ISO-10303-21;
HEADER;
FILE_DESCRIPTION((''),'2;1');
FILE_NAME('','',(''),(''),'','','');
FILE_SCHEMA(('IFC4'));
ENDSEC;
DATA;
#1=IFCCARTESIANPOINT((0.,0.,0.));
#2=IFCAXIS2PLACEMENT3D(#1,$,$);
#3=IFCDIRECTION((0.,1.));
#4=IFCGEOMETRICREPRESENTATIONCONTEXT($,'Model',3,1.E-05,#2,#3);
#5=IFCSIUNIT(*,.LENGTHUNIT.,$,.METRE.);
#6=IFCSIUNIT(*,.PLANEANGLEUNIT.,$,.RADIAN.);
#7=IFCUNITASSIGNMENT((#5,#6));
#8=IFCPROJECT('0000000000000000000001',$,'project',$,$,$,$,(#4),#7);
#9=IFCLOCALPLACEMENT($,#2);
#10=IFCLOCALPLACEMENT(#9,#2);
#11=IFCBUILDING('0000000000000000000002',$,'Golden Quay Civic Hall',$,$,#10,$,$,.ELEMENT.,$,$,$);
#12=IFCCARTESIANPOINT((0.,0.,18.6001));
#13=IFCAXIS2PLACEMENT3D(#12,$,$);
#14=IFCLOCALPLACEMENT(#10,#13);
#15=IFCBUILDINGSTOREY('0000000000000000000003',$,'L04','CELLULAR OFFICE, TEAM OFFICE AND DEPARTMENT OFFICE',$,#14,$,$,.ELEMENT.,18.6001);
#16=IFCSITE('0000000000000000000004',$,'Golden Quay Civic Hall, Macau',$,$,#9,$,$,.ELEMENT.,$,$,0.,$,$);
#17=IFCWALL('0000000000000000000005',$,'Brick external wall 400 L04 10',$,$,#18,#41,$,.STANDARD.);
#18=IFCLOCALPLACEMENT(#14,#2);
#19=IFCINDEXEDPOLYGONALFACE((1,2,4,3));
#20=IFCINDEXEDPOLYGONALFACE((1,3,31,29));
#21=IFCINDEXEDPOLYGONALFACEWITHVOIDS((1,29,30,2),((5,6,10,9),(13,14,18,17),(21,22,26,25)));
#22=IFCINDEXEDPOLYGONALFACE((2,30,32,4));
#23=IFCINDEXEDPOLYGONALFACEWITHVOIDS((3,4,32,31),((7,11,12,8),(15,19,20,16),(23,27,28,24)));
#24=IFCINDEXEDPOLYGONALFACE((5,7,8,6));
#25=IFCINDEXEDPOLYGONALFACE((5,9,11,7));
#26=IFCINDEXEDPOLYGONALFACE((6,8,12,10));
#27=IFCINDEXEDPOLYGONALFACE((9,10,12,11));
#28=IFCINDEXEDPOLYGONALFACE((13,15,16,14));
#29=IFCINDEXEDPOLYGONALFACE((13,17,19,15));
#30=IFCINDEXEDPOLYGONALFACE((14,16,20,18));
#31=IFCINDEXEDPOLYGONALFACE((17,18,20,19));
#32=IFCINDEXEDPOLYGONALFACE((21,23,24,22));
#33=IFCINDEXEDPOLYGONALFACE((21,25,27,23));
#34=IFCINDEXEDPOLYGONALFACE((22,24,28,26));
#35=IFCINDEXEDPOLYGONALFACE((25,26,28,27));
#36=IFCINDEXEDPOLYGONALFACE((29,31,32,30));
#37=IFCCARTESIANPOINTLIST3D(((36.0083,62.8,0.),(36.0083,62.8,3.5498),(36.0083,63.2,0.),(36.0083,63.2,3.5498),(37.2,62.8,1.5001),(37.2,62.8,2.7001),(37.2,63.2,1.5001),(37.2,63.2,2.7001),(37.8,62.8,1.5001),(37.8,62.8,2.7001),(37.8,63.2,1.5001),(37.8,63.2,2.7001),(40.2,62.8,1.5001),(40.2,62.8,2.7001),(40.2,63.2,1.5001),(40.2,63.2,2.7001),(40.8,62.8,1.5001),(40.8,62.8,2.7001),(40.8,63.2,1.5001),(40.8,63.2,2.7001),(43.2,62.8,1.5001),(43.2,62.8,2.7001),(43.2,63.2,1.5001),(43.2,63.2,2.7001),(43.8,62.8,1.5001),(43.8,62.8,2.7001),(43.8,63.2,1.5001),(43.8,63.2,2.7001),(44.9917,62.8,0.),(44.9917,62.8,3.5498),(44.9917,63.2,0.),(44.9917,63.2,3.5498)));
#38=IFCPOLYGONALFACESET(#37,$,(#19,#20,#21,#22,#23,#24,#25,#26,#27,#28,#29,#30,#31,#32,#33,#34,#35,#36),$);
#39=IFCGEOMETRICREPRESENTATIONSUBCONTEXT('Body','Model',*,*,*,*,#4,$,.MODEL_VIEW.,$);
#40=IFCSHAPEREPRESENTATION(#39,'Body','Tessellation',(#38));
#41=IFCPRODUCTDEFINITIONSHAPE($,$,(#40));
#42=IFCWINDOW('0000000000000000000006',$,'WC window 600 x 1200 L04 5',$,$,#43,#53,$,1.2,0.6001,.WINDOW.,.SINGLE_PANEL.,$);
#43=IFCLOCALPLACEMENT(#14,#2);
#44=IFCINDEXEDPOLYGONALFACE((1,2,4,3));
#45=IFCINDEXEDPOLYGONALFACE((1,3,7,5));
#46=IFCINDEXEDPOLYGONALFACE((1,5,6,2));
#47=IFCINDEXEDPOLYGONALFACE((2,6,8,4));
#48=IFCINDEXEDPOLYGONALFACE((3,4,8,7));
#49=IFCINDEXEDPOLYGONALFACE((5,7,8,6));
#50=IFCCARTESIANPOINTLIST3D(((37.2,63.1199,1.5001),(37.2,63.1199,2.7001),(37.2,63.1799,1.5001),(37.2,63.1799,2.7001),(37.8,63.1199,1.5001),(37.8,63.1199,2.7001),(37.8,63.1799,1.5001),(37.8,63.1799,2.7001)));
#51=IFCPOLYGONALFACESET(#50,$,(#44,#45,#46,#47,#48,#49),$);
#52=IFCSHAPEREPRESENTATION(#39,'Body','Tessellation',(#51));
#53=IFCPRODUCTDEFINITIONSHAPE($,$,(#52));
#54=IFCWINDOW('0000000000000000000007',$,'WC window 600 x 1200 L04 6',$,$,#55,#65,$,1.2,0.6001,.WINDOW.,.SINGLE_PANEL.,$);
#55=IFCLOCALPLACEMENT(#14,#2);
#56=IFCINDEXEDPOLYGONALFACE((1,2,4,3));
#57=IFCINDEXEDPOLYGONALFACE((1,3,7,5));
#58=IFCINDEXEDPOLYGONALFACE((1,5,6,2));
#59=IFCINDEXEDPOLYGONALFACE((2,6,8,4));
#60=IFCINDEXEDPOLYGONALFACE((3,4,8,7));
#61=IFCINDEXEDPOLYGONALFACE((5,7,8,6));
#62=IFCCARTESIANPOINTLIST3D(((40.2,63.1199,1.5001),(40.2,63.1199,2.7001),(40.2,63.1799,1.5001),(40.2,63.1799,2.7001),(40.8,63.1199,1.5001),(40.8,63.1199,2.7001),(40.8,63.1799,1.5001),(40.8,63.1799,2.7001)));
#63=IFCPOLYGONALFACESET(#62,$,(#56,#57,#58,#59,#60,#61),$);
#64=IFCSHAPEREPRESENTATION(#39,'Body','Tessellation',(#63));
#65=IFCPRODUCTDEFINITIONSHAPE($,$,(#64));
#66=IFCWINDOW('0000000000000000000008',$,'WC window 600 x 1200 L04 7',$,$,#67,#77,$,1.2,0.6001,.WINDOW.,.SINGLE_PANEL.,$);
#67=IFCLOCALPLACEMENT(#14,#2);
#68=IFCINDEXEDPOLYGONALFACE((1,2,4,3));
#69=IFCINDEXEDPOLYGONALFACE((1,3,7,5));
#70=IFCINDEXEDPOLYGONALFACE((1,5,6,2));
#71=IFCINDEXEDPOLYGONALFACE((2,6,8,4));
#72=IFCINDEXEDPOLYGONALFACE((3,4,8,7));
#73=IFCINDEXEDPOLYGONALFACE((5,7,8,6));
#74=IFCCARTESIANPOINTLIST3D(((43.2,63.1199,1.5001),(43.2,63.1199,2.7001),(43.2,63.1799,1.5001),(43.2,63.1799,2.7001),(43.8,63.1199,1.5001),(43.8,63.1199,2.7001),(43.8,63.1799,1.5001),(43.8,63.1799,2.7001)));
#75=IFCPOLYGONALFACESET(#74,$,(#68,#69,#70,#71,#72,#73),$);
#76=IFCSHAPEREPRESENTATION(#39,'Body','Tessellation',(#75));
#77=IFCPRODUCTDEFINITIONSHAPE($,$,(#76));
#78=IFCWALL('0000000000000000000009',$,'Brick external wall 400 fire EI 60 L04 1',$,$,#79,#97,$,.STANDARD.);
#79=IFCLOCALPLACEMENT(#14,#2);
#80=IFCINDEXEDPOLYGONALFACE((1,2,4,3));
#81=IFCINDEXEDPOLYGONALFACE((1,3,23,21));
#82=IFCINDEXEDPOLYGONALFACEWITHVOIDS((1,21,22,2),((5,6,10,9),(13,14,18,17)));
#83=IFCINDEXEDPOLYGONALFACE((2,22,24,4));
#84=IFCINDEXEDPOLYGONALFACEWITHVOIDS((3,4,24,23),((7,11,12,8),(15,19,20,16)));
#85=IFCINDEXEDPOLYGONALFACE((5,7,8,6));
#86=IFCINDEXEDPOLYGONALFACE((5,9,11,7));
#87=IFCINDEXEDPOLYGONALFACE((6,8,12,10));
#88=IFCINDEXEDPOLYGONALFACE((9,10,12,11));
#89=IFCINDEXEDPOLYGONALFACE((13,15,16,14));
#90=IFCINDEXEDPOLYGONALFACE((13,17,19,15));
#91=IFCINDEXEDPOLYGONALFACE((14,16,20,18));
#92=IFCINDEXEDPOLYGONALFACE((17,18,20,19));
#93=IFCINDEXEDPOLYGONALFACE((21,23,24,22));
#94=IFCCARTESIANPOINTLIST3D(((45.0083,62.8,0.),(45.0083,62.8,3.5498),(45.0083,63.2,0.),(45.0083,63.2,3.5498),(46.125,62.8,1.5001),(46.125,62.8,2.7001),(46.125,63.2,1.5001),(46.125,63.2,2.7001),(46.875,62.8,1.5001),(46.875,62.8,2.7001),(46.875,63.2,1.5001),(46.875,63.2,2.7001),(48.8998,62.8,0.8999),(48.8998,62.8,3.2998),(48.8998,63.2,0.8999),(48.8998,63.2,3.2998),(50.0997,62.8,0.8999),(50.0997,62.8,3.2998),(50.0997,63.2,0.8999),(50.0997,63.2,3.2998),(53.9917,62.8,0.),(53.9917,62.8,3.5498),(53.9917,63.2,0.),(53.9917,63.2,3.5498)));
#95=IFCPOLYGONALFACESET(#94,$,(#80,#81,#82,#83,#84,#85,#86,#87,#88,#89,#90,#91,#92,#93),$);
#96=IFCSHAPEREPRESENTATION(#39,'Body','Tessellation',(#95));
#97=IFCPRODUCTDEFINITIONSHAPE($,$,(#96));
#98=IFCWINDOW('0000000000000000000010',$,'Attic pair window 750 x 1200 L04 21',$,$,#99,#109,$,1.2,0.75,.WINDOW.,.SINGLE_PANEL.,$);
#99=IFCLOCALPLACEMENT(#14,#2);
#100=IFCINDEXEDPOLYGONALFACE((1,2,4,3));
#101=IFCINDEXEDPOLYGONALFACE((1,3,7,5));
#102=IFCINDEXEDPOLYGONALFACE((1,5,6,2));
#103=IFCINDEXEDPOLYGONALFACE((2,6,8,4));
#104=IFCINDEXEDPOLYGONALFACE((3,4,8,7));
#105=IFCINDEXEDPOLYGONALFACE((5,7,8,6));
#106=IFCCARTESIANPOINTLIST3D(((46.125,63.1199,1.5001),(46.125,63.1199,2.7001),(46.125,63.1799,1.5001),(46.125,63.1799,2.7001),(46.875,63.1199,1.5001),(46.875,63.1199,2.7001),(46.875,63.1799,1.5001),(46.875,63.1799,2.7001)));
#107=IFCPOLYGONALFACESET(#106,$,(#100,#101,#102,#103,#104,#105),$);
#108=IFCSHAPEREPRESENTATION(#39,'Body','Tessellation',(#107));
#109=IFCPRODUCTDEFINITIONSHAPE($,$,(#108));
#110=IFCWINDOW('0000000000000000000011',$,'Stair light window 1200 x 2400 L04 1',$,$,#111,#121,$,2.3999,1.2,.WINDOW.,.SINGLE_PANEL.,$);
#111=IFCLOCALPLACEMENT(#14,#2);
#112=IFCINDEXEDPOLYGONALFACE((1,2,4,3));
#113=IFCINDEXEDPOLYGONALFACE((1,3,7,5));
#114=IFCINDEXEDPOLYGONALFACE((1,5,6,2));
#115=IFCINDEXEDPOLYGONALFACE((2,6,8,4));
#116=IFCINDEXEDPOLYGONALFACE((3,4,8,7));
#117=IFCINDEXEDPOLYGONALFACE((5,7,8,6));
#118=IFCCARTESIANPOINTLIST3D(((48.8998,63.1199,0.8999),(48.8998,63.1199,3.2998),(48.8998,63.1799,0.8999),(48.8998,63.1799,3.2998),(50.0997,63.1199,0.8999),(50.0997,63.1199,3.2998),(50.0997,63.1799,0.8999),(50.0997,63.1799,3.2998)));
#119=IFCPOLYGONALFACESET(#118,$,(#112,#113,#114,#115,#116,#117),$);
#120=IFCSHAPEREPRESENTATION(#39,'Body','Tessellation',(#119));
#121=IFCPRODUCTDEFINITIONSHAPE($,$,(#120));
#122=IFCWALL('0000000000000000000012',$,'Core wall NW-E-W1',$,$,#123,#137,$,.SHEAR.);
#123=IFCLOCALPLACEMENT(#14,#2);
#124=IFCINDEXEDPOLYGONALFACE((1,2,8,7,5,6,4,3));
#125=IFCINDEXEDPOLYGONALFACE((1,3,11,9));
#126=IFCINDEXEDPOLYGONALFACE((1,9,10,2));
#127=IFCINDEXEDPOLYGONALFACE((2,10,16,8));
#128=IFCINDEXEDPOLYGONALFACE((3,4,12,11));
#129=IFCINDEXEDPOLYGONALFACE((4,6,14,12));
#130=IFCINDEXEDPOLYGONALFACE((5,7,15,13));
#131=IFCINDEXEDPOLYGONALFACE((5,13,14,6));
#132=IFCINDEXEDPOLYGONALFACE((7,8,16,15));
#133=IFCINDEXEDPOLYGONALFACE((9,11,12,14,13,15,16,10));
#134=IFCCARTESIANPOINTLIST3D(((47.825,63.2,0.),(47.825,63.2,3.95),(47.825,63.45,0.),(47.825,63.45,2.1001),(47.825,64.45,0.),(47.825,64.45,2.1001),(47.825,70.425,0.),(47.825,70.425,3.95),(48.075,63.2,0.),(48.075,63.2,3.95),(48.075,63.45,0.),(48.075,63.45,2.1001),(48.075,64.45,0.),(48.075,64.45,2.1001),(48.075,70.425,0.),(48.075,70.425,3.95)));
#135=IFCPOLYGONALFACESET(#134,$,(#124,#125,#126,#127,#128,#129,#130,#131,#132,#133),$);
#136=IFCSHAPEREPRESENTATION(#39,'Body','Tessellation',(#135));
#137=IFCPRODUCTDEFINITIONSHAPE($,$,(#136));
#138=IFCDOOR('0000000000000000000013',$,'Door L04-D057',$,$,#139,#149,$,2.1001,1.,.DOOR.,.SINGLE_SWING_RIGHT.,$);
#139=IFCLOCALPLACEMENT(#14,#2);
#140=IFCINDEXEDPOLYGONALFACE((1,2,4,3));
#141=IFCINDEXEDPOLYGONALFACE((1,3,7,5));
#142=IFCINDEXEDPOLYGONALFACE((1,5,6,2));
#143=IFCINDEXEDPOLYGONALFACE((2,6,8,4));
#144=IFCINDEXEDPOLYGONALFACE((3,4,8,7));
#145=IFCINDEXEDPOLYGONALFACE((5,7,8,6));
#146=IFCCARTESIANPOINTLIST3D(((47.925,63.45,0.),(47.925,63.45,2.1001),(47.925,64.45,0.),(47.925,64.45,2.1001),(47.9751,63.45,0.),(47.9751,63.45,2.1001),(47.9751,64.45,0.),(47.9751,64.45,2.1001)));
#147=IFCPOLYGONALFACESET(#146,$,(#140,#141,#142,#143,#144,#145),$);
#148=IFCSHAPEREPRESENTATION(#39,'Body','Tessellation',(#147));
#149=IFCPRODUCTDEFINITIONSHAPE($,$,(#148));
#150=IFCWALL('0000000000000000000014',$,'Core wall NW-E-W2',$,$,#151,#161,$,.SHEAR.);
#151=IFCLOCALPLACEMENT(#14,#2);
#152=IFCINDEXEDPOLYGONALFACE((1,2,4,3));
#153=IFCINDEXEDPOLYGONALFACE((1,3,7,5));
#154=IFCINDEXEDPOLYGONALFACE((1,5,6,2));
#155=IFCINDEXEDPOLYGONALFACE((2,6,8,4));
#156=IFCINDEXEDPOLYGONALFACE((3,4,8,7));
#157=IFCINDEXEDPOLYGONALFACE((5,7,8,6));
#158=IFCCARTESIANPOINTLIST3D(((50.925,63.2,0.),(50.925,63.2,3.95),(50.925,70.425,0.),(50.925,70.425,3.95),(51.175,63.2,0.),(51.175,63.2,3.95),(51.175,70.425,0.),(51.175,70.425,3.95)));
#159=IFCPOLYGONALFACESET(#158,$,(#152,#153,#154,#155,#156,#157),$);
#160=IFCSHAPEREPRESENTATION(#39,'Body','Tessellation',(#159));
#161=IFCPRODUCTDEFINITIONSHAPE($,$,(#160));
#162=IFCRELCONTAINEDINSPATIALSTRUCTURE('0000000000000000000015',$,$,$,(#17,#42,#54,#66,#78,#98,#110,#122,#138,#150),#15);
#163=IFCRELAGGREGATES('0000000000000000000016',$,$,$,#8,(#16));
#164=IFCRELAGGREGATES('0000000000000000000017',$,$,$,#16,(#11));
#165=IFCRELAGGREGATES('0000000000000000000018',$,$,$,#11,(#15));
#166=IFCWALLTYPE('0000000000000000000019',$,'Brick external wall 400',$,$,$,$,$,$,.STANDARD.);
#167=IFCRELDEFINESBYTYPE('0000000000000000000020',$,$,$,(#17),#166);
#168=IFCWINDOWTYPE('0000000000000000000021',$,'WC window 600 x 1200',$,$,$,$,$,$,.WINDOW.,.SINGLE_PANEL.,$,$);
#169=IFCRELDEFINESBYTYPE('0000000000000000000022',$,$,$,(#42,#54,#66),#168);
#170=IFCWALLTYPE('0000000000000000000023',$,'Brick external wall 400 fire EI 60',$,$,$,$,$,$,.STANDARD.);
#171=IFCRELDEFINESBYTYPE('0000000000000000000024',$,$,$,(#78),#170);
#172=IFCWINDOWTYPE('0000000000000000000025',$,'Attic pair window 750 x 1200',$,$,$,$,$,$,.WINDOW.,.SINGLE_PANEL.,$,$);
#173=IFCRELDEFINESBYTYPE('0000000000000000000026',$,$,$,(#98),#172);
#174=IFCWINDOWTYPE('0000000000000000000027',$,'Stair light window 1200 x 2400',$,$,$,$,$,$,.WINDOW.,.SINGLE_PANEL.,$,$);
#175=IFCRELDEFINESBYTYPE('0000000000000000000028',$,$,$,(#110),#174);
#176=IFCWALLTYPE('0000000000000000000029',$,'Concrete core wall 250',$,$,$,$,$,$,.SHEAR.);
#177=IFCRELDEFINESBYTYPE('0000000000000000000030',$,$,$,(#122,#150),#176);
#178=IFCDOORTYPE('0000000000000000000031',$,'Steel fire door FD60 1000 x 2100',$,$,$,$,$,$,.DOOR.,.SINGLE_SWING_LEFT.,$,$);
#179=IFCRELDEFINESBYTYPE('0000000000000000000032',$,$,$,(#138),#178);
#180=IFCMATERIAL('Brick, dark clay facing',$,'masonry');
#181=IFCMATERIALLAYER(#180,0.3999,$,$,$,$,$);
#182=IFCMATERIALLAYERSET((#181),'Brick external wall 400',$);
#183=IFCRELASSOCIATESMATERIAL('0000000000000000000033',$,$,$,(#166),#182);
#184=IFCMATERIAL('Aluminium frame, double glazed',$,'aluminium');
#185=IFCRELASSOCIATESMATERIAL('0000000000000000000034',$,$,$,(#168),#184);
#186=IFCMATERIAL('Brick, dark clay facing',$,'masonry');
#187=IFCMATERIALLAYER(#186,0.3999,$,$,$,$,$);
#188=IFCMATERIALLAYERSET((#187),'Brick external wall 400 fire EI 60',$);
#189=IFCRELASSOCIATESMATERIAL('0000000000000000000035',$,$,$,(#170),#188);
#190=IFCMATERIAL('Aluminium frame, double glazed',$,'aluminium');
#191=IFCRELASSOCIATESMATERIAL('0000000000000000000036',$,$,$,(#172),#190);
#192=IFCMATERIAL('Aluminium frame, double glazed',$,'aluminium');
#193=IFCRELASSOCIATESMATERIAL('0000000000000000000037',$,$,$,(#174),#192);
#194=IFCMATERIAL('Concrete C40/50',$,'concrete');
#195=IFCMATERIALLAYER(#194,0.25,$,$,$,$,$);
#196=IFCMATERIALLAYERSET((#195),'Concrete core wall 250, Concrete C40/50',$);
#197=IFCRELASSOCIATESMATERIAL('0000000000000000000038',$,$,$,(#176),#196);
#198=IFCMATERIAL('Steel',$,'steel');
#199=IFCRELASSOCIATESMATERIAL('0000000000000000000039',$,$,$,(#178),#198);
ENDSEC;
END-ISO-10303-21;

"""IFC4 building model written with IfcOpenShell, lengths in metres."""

from ifc_helpers import new_model, si_unit, direction, frame, frame_2d, origin, place, context, subcontext, project, spatial, rectangle, extrude, material, layer, layer_set, type_object, element, fill, save


model = new_model("IFC4")

# Units and contexts
model_context = context("Model", 3, precision=1e-05, world=origin(), true_north=direction((0.0, 1.0)))
body_context = subcontext(model_context, "Body", "Model", "MODEL_VIEW")
ifc_project = project(units=[si_unit("LENGTHUNIT", "METRE"), si_unit("PLANEANGLEUNIT", "RADIAN")], contexts=[model_context])

# Site, building, storey
site_placement = place(None, origin())
site = spatial("IfcSite", under=ifc_project, at=site_placement, Name="Golden Quay Civic Hall, Macau", CompositionType="ELEMENT", RefElevation=0.0)
building_placement = place(site_placement, origin())
building = spatial("IfcBuilding", under=site, at=building_placement, Name="Golden Quay Civic Hall", CompositionType="ELEMENT")
storey_placement = place(building_placement, frame((0.0, 0.0, 18.6001)))
storey = spatial("IfcBuildingStorey", under=building, at=storey_placement, Name="L04", Description="CELLULAR OFFICE, TEAM OFFICE AND DEPARTMENT OFFICE", CompositionType="ELEMENT", Elevation=18.6001)

# Walls, openings, windows
ifc_material_1 = material(Name="Brick, dark clay facing", Category="masonry")
ifc_layer_1 = layer(ifc_material_1, 0.3999)
ifc_layer_set_1 = layer_set([ifc_layer_1], Name="Brick external wall 400")
wall_type_1 = type_object("IfcWallType", Name="Brick external wall 400", PredefinedType="STANDARD", material=ifc_layer_set_1)
wall_1_placement = place(storey_placement, frame((44.9917, 63.0, 0.0), z_axis=(0.0, 0.0, 1.0), x_axis=(-1.0, 0.0, 0.0)))
wall_1 = element("IfcWall", 1, at=wall_1_placement, inside=storey, type_object=wall_type_1, Name="Brick external wall 400 L04 10", PredefinedType="STANDARD", context=body_context, shape_type="SweptSolid", body=[
    extrude(rectangle(XDim=8.9834, YDim=0.3999, at=frame_2d((4.4917, 0.0))), origin(), (0.0, 0.0, 1.0), 3.5498),
])
opening_1_placement = place(wall_1_placement, frame((7.1917, 0.0, 1.5)))
opening_1 = element("IfcOpeningElement", 2, at=opening_1_placement, cuts=wall_1, PredefinedType="OPENING", context=body_context, shape_type="SweptSolid", body=[
    extrude(rectangle(XDim=0.6001, YDim=1.2, at=frame_2d((0.3, 0.6001))), frame((0.0, 0.21, 0.0), z_axis=(0.0, -1.0, 0.0), x_axis=(1.0, 0.0, 0.0)), (0.0, 0.0, 1.0), 0.4199),
])
opening_2_placement = place(wall_1_placement, frame((4.1917, 0.0, 1.5)))
opening_2 = element("IfcOpeningElement", 3, at=opening_2_placement, cuts=wall_1, PredefinedType="OPENING", context=body_context, shape_type="SweptSolid", body=[
    extrude(rectangle(XDim=0.6001, YDim=1.2, at=frame_2d((0.3, 0.6001))), frame((0.0, 0.21, 0.0), z_axis=(0.0, -1.0, 0.0), x_axis=(1.0, 0.0, 0.0)), (0.0, 0.0, 1.0), 0.4199),
])
opening_3_placement = place(wall_1_placement, frame((1.1917, 0.0, 1.5)))
opening_3 = element("IfcOpeningElement", 4, at=opening_3_placement, cuts=wall_1, PredefinedType="OPENING", context=body_context, shape_type="SweptSolid", body=[
    extrude(rectangle(XDim=0.6001, YDim=1.2, at=frame_2d((0.3, 0.6001))), frame((0.0, 0.21, 0.0), z_axis=(0.0, -1.0, 0.0), x_axis=(1.0, 0.0, 0.0)), (0.0, 0.0, 1.0), 0.4199),
])
ifc_material_2 = material(Name="Aluminium frame, double glazed", Category="aluminium")
window_type_1 = type_object("IfcWindowType", Name="WC window 600 x 1200", PartitioningType="SINGLE_PANEL", PredefinedType="WINDOW", material=ifc_material_2)
window_1_placement = place(opening_1_placement, origin())
window_1 = element("IfcWindow", 5, at=window_1_placement, inside=storey, type_object=window_type_1, Name="WC window 600 x 1200 L04 5", OverallHeight=1.2, OverallWidth=0.6001, PartitioningType="SINGLE_PANEL", PredefinedType="WINDOW", context=body_context, shape_type="SweptSolid", body=[
    extrude(rectangle(XDim=0.6001, YDim=1.2, at=frame_2d((0.3, 0.6001))), frame((0.0, -0.1199, 0.0), z_axis=(0.0, -1.0, 0.0), x_axis=(1.0, 0.0, 0.0)), (0.0, 0.0, 1.0), 0.0601),
])
fill(opening_1, window_1)
window_2_placement = place(opening_2_placement, origin())
window_2 = element("IfcWindow", 6, at=window_2_placement, inside=storey, type_object=window_type_1, Name="WC window 600 x 1200 L04 6", OverallHeight=1.2, OverallWidth=0.6001, PartitioningType="SINGLE_PANEL", PredefinedType="WINDOW", context=body_context, shape_type="SweptSolid", body=[
    extrude(rectangle(XDim=0.6001, YDim=1.2, at=frame_2d((0.3, 0.6001))), frame((0.0, -0.1199, 0.0), z_axis=(0.0, -1.0, 0.0), x_axis=(1.0, 0.0, 0.0)), (0.0, 0.0, 1.0), 0.0601),
])
fill(opening_2, window_2)
window_3_placement = place(opening_3_placement, origin())
window_3 = element("IfcWindow", 7, at=window_3_placement, inside=storey, type_object=window_type_1, Name="WC window 600 x 1200 L04 7", OverallHeight=1.2, OverallWidth=0.6001, PartitioningType="SINGLE_PANEL", PredefinedType="WINDOW", context=body_context, shape_type="SweptSolid", body=[
    extrude(rectangle(XDim=0.6001, YDim=1.2, at=frame_2d((0.3, 0.6001))), frame((0.0, -0.1199, 0.0), z_axis=(0.0, -1.0, 0.0), x_axis=(1.0, 0.0, 0.0)), (0.0, 0.0, 1.0), 0.0601),
])
fill(opening_3, window_3)
ifc_material_3 = material(Name="Brick, dark clay facing", Category="masonry")
ifc_layer_2 = layer(ifc_material_3, 0.3999)
ifc_layer_set_2 = layer_set([ifc_layer_2], Name="Brick external wall 400 fire EI 60")
wall_type_2 = type_object("IfcWallType", Name="Brick external wall 400 fire EI 60", PredefinedType="STANDARD", material=ifc_layer_set_2)
wall_2_placement = place(storey_placement, frame((53.9917, 63.0, 0.0), z_axis=(0.0, 0.0, 1.0), x_axis=(-1.0, 0.0, 0.0)))
wall_2 = element("IfcWall", 8, at=wall_2_placement, inside=storey, type_object=wall_type_2, Name="Brick external wall 400 fire EI 60 L04 1", PredefinedType="STANDARD", context=body_context, shape_type="SweptSolid", body=[
    extrude(rectangle(XDim=8.9834, YDim=0.3999, at=frame_2d((4.4917, 0.0))), origin(), (0.0, 0.0, 1.0), 3.5498),
])
opening_4_placement = place(wall_2_placement, frame((7.1167, 0.0, 1.5)))
opening_4 = element("IfcOpeningElement", 9, at=opening_4_placement, cuts=wall_2, PredefinedType="OPENING", context=body_context, shape_type="SweptSolid", body=[
    extrude(rectangle(XDim=0.75, YDim=1.2, at=frame_2d((0.375, 0.6001))), frame((0.0, 0.21, 0.0), z_axis=(0.0, -1.0, 0.0), x_axis=(1.0, 0.0, 0.0)), (0.0, 0.0, 1.0), 0.4199),
])
opening_5_placement = place(wall_2_placement, frame((3.8918, 0.0, 0.8999)))
opening_5 = element("IfcOpeningElement", 10, at=opening_5_placement, cuts=wall_2, PredefinedType="OPENING", context=body_context, shape_type="SweptSolid", body=[
    extrude(rectangle(XDim=1.2, YDim=2.3999, at=frame_2d((0.6001, 1.2))), frame((0.0, 0.21, 0.0), z_axis=(0.0, -1.0, 0.0), x_axis=(1.0, 0.0, 0.0)), (0.0, 0.0, 1.0), 0.4199),
])
ifc_material_4 = material(Name="Aluminium frame, double glazed", Category="aluminium")
window_type_2 = type_object("IfcWindowType", Name="Attic pair window 750 x 1200", PartitioningType="SINGLE_PANEL", PredefinedType="WINDOW", material=ifc_material_4)
window_4_placement = place(opening_4_placement, origin())
window_4 = element("IfcWindow", 11, at=window_4_placement, inside=storey, type_object=window_type_2, Name="Attic pair window 750 x 1200 L04 21", OverallHeight=1.2, OverallWidth=0.75, PartitioningType="SINGLE_PANEL", PredefinedType="WINDOW", context=body_context, shape_type="SweptSolid", body=[
    extrude(rectangle(XDim=0.75, YDim=1.2, at=frame_2d((0.375, 0.6001))), frame((0.0, -0.1199, 0.0), z_axis=(0.0, -1.0, 0.0), x_axis=(1.0, 0.0, 0.0)), (0.0, 0.0, 1.0), 0.0601),
])
fill(opening_4, window_4)
ifc_material_5 = material(Name="Aluminium frame, double glazed", Category="aluminium")
window_type_3 = type_object("IfcWindowType", Name="Stair light window 1200 x 2400", PartitioningType="SINGLE_PANEL", PredefinedType="WINDOW", material=ifc_material_5)
window_5_placement = place(opening_5_placement, origin())
window_5 = element("IfcWindow", 12, at=window_5_placement, inside=storey, type_object=window_type_3, Name="Stair light window 1200 x 2400 L04 1", OverallHeight=2.3999, OverallWidth=1.2, PartitioningType="SINGLE_PANEL", PredefinedType="WINDOW", context=body_context, shape_type="SweptSolid", body=[
    extrude(rectangle(XDim=1.2, YDim=2.3999, at=frame_2d((0.6001, 1.2))), frame((0.0, -0.1199, 0.0), z_axis=(0.0, -1.0, 0.0), x_axis=(1.0, 0.0, 0.0)), (0.0, 0.0, 1.0), 0.0601),
])
fill(opening_5, window_5)

# Wall, opening, door
ifc_material_6 = material(Name="Concrete C40/50", Category="concrete")
ifc_layer_3 = layer(ifc_material_6, 0.25)
ifc_layer_set_3 = layer_set([ifc_layer_3], Name="Concrete core wall 250, Concrete C40/50")
wall_type_3 = type_object("IfcWallType", Name="Concrete core wall 250", PredefinedType="SHEAR", material=ifc_layer_set_3)
wall_3_placement = place(storey_placement, frame((47.95, 63.2, 0.0), z_axis=(0.0, 0.0, 1.0), x_axis=(0.0, 1.0, 0.0)))
wall_3 = element("IfcWall", 13, at=wall_3_placement, inside=storey, type_object=wall_type_3, Name="Core wall NW-E-W1", PredefinedType="SHEAR", context=body_context, shape_type="SweptSolid", body=[
    extrude(rectangle(XDim=7.2251, YDim=0.25, at=frame_2d((3.6125, 0.0))), origin(), (0.0, 0.0, 1.0), 3.95),
])
opening_6_placement = place(wall_3_placement, frame((0.25, 0.0, 0.0)))
opening_6 = element("IfcOpeningElement", 14, at=opening_6_placement, cuts=wall_3, PredefinedType="OPENING", context=body_context, shape_type="SweptSolid", body=[
    extrude(rectangle(XDim=1.0, YDim=2.1001, at=frame_2d((0.5, 1.05))), frame((0.0, 0.135, 0.0), z_axis=(0.0, -1.0, 0.0), x_axis=(1.0, 0.0, 0.0)), (0.0, 0.0, 1.0), 0.27),
])
ifc_material_7 = material(Name="Steel", Category="steel")
door_type = type_object("IfcDoorType", Name="Steel fire door FD60 1000 x 2100", OperationType="SINGLE_SWING_LEFT", PredefinedType="DOOR", material=ifc_material_7)
door_placement = place(opening_6_placement, frame((1.0, 0.0, 0.0), z_axis=(0.0, 0.0, 1.0), x_axis=(-1.0, 0.0, 0.0)))
door = element("IfcDoor", 15, at=door_placement, inside=storey, type_object=door_type, Name="Door L04-D057", OperationType="SINGLE_SWING_RIGHT", OverallHeight=2.1001, OverallWidth=1.0, PredefinedType="DOOR", context=body_context, shape_type="SweptSolid", body=[
    extrude(rectangle(XDim=1.0, YDim=2.1001, at=frame_2d((0.5, 1.05))), frame((0.0, 0.0251, 0.0), z_axis=(0.0, -1.0, 0.0), x_axis=(1.0, 0.0, 0.0)), (0.0, 0.0, 1.0), 0.05),
])
fill(opening_6, door)

# Wall
wall_4_placement = place(storey_placement, frame((51.05, 63.2, 0.0), z_axis=(0.0, 0.0, 1.0), x_axis=(0.0, 1.0, 0.0)))
element("IfcWall", 16, at=wall_4_placement, inside=storey, type_object=wall_type_3, Name="Core wall NW-E-W2", PredefinedType="SHEAR", context=body_context, shape_type="SweptSolid", body=[
    extrude(rectangle(XDim=7.2251, YDim=0.25, at=frame_2d((3.6125, 0.0))), origin(), (0.0, 0.0, 1.0), 3.95),
])

save(model, "model.ifc")
